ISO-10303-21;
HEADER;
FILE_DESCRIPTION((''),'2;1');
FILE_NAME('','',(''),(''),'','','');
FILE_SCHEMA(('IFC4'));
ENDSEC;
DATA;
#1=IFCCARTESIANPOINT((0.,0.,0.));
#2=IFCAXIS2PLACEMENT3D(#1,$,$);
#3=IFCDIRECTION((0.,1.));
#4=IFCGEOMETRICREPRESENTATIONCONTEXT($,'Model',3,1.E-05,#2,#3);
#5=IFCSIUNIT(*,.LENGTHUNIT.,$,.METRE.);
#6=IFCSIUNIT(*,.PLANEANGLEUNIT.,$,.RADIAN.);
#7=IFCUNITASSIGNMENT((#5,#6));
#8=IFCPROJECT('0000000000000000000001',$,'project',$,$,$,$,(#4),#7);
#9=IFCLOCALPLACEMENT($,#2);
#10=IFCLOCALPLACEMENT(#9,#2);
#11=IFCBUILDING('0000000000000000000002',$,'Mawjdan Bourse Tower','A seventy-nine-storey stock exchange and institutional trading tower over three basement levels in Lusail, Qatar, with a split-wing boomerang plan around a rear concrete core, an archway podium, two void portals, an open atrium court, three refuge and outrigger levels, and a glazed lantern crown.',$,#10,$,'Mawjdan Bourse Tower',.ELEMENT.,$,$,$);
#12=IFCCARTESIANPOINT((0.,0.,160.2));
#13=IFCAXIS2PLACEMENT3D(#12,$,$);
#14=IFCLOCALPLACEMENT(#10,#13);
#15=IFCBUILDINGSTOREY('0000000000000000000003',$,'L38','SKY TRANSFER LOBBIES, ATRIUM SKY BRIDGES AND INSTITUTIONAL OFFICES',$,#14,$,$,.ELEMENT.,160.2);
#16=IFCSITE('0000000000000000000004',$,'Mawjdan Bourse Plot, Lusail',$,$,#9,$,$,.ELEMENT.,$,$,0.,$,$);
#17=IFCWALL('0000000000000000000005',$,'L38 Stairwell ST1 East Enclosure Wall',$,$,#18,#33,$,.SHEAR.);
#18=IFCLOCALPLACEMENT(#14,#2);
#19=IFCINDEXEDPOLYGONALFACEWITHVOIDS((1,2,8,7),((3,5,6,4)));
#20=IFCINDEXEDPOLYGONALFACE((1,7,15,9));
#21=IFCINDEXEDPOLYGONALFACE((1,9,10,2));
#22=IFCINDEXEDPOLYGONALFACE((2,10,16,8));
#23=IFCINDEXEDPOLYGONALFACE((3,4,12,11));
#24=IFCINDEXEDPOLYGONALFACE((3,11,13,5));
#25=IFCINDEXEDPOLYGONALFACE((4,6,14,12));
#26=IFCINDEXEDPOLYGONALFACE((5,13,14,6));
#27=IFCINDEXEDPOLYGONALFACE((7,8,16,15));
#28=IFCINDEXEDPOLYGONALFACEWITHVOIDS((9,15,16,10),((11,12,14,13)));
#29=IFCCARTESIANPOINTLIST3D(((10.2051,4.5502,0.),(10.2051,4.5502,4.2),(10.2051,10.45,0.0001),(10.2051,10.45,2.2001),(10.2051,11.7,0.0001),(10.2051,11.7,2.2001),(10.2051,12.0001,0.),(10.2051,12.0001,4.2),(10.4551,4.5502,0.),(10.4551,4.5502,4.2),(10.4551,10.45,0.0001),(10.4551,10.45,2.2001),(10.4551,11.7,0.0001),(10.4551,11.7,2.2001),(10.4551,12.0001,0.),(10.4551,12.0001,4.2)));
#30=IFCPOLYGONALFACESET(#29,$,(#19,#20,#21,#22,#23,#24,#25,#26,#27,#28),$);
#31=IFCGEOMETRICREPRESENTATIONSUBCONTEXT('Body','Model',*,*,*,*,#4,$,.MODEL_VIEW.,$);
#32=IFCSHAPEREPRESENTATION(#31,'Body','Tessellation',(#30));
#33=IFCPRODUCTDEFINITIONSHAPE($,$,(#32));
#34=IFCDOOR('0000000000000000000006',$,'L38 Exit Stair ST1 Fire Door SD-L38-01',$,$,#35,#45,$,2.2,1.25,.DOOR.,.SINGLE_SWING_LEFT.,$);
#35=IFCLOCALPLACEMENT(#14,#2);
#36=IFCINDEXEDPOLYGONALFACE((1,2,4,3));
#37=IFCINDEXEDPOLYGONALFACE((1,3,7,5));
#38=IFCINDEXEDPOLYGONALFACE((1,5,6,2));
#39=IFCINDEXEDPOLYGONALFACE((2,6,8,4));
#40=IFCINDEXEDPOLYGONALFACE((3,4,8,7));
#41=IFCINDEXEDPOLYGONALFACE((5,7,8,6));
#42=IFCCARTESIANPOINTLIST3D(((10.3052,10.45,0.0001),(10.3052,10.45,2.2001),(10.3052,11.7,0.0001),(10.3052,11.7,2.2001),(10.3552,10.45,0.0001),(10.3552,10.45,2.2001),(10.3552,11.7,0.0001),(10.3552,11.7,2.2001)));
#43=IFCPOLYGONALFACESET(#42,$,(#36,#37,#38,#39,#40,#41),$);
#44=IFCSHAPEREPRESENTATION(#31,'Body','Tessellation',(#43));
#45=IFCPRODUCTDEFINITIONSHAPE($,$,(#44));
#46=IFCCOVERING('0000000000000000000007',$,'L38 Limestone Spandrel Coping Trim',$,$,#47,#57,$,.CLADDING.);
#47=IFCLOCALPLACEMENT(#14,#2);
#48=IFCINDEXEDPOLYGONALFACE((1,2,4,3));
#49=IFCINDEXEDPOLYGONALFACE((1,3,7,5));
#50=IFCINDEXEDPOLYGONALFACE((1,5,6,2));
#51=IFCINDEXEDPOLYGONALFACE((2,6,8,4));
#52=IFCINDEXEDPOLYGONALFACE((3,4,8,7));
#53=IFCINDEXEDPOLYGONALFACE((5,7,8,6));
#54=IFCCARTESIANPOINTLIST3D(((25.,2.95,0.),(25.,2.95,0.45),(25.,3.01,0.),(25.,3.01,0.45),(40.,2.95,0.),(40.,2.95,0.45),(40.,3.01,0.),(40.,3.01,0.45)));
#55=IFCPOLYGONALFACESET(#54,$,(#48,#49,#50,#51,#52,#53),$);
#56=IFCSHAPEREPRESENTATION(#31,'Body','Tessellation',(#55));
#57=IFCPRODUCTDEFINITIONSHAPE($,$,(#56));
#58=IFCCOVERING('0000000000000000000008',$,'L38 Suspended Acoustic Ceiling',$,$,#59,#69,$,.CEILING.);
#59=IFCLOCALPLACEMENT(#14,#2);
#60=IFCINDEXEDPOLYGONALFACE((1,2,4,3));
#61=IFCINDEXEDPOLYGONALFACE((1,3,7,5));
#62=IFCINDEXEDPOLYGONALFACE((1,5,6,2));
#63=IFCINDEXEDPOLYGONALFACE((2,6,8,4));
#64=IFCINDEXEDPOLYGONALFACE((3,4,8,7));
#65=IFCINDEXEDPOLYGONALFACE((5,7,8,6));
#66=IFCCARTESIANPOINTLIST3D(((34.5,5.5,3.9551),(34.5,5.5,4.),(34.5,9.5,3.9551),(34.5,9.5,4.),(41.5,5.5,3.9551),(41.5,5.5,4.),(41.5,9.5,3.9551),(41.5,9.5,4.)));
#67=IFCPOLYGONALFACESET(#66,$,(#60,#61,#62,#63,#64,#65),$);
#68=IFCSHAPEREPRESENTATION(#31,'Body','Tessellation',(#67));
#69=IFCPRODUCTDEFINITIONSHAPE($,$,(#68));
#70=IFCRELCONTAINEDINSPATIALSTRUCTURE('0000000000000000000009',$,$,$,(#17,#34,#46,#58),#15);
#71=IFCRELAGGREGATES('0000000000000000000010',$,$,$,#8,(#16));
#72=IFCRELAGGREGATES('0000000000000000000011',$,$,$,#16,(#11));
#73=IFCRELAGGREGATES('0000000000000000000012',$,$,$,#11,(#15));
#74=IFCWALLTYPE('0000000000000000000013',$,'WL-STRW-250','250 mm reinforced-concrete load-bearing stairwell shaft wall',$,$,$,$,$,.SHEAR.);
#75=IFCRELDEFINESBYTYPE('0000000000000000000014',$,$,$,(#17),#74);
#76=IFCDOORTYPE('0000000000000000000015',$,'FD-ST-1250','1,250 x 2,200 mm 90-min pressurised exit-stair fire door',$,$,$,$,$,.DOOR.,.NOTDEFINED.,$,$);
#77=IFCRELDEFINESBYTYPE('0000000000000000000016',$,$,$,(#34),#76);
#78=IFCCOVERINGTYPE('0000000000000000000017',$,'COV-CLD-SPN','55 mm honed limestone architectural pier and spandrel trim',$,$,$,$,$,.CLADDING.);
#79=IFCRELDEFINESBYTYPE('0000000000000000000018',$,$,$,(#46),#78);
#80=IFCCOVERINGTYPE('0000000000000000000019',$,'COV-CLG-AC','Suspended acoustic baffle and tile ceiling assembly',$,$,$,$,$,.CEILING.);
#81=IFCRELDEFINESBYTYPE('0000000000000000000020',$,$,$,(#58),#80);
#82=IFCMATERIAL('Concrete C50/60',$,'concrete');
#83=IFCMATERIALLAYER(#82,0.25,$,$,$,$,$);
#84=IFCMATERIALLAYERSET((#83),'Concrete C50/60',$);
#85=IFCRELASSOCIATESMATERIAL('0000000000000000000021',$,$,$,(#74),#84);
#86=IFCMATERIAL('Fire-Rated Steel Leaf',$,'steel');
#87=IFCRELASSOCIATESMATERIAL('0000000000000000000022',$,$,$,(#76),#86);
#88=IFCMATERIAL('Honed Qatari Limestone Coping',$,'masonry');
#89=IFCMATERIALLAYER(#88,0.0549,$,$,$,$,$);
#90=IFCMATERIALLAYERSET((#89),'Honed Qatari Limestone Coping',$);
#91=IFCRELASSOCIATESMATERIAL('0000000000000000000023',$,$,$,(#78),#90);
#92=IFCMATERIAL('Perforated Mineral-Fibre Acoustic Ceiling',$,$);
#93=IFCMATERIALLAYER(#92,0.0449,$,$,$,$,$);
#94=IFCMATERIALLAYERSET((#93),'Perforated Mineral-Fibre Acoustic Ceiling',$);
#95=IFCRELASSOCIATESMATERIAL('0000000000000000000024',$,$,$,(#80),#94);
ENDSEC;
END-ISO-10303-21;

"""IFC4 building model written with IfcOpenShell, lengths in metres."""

from ifc_helpers import new_model, si_unit, direction, frame, frame_2d, origin, place, context, subcontext, project, spatial, polyline, rectangle, outline, extrude, material, layer, layer_set, type_object, element, fill, save


model = new_model("IFC4")

# Units and contexts
model_context = context("Model", 3, precision=1e-05, world=origin(), true_north=direction((0.0, 1.0)))
body_context = subcontext(model_context, "Body", "Model", "MODEL_VIEW")
ifc_project = project(units=[si_unit("LENGTHUNIT", "METRE"), si_unit("PLANEANGLEUNIT", "RADIAN")], contexts=[model_context])

# Site, building, storey
site_placement = place(None, origin())
site = spatial("IfcSite", under=ifc_project, at=site_placement, Name="Mawjdan Bourse Plot, Lusail", CompositionType="ELEMENT", RefElevation=0.0)
building_placement = place(site_placement, origin())
building = spatial("IfcBuilding", under=site, at=building_placement, Name="Mawjdan Bourse Tower", Description="A seventy-nine-storey stock exchange and institutional trading tower over three basement levels in Lusail, Qatar, with a split-wing boomerang plan around a rear concrete core, an archway podium, two void portals, an open atrium court, three refuge and outrigger levels, and a glazed lantern crown.", LongName="Mawjdan Bourse Tower", CompositionType="ELEMENT")
storey_placement = place(building_placement, frame((0.0, 0.0, 160.2)))
storey = spatial("IfcBuildingStorey", under=building, at=storey_placement, Name="L38", Description="SKY TRANSFER LOBBIES, ATRIUM SKY BRIDGES AND INSTITUTIONAL OFFICES", CompositionType="ELEMENT", Elevation=160.2)

# Shared definitions
ifc_material_1 = material(Name="Concrete C50/60", Category="concrete")

# Shared definitions
ifc_layer_1 = layer(ifc_material_1, 0.25)
ifc_layer_set_1 = layer_set([ifc_layer_1], Name="Concrete C50/60")
wall_type_1 = type_object("IfcWallType", Name="WL-STRW-250", Description="250 mm reinforced-concrete load-bearing stairwell shaft wall", PredefinedType="SHEAR", material=ifc_layer_set_1)

# Wall, opening, door
wall_1_placement = place(storey_placement, frame((10.3301, 4.55, 0.0), z_axis=(0.0, 0.0, 1.0), x_axis=(0.0, 1.0, 0.0)))
wall_1 = element("IfcWall", 1, at=wall_1_placement, inside=storey, type_object=wall_type_1, Name="L38 Stairwell ST1 East Enclosure Wall", PredefinedType="SHEAR", context=body_context, shape_type="SweptSolid", body=[
    extrude(rectangle(XDim=7.45, YDim=0.25, at=frame_2d((3.7251, 0.0))), origin(), (0.0, 0.0, 1.0), 4.2),
])
opening_placement = place(wall_1_placement, frame((5.8999, 0.0, 0.0)))
opening = element("IfcOpeningElement", 2, at=opening_placement, cuts=wall_1, PredefinedType="OPENING", context=body_context, shape_type="SweptSolid", body=[
    extrude(rectangle(XDim=1.25, YDim=2.2, at=frame_2d((0.625, 1.1001))), frame((0.0, 0.135, 0.0), z_axis=(0.0, -1.0, 0.0), x_axis=(1.0, 0.0, 0.0)), (0.0, 0.0, 1.0), 0.27),
])
ifc_material_2 = material(Name="Fire-Rated Steel Leaf", Category="steel")
door_type = type_object("IfcDoorType", Name="FD-ST-1250", Description="1,250 x 2,200 mm 90-min pressurised exit-stair fire door", OperationType="NOTDEFINED", PredefinedType="DOOR", material=ifc_material_2)
door_placement = place(opening_placement, origin())
door = element("IfcDoor", 3, at=door_placement, inside=storey, type_object=door_type, Name="L38 Exit Stair ST1 Fire Door SD-L38-01", OperationType="SINGLE_SWING_LEFT", OverallHeight=2.2, OverallWidth=1.25, PredefinedType="DOOR", context=body_context, shape_type="SweptSolid", body=[
    extrude(rectangle(XDim=1.25, YDim=2.2, at=frame_2d((0.625, 1.1001))), frame((0.0, 0.0249, 0.0), z_axis=(0.0, -1.0, 0.0), x_axis=(1.0, 0.0, 0.0)), (0.0, 0.0, 1.0), 0.05),
])
fill(opening, door)

# Coverings
ifc_material_3 = material(Name="Honed Qatari Limestone Coping", Category="masonry")
ifc_layer_2 = layer(ifc_material_3, 0.0549)
ifc_layer_set_2 = layer_set([ifc_layer_2], Name="Honed Qatari Limestone Coping")
covering_type_1 = type_object("IfcCoveringType", Name="COV-CLD-SPN", Description="55 mm honed limestone architectural pier and spandrel trim", PredefinedType="CLADDING", material=ifc_layer_set_2)
covering_1_placement = place(storey_placement, origin())
element("IfcCovering", 4, at=covering_1_placement, inside=storey, type_object=covering_type_1, Name="L38 Limestone Spandrel Coping Trim", PredefinedType="CLADDING", context=body_context, shape_type="SweptSolid", body=[
    extrude(outline(polyline([(25.0, 2.95), (40.0, 2.95), (40.0, 3.01), (25.0, 3.01), (25.0, 2.95)])), origin(), (0.0, 0.0, 1.0), 0.45),
])
ifc_material_4 = material(Name="Perforated Mineral-Fibre Acoustic Ceiling")
ifc_layer_3 = layer(ifc_material_4, 0.0449)
ifc_layer_set_3 = layer_set([ifc_layer_3], Name="Perforated Mineral-Fibre Acoustic Ceiling")
covering_type_2 = type_object("IfcCoveringType", Name="COV-CLG-AC", Description="Suspended acoustic baffle and tile ceiling assembly", PredefinedType="CEILING", material=ifc_layer_set_3)
covering_2_placement = place(storey_placement, frame((0.0, 0.0, 3.9551)))
element("IfcCovering", 5, at=covering_2_placement, inside=storey, type_object=covering_type_2, Name="L38 Suspended Acoustic Ceiling", PredefinedType="CEILING", context=body_context, shape_type="SweptSolid", body=[
    extrude(outline(polyline([(34.5, 5.5), (41.5, 5.5), (41.5, 9.5), (34.5, 9.5), (34.5, 5.5)])), origin(), (0.0, 0.0, 1.0), 0.0449),
])

save(model, "model.ifc")
